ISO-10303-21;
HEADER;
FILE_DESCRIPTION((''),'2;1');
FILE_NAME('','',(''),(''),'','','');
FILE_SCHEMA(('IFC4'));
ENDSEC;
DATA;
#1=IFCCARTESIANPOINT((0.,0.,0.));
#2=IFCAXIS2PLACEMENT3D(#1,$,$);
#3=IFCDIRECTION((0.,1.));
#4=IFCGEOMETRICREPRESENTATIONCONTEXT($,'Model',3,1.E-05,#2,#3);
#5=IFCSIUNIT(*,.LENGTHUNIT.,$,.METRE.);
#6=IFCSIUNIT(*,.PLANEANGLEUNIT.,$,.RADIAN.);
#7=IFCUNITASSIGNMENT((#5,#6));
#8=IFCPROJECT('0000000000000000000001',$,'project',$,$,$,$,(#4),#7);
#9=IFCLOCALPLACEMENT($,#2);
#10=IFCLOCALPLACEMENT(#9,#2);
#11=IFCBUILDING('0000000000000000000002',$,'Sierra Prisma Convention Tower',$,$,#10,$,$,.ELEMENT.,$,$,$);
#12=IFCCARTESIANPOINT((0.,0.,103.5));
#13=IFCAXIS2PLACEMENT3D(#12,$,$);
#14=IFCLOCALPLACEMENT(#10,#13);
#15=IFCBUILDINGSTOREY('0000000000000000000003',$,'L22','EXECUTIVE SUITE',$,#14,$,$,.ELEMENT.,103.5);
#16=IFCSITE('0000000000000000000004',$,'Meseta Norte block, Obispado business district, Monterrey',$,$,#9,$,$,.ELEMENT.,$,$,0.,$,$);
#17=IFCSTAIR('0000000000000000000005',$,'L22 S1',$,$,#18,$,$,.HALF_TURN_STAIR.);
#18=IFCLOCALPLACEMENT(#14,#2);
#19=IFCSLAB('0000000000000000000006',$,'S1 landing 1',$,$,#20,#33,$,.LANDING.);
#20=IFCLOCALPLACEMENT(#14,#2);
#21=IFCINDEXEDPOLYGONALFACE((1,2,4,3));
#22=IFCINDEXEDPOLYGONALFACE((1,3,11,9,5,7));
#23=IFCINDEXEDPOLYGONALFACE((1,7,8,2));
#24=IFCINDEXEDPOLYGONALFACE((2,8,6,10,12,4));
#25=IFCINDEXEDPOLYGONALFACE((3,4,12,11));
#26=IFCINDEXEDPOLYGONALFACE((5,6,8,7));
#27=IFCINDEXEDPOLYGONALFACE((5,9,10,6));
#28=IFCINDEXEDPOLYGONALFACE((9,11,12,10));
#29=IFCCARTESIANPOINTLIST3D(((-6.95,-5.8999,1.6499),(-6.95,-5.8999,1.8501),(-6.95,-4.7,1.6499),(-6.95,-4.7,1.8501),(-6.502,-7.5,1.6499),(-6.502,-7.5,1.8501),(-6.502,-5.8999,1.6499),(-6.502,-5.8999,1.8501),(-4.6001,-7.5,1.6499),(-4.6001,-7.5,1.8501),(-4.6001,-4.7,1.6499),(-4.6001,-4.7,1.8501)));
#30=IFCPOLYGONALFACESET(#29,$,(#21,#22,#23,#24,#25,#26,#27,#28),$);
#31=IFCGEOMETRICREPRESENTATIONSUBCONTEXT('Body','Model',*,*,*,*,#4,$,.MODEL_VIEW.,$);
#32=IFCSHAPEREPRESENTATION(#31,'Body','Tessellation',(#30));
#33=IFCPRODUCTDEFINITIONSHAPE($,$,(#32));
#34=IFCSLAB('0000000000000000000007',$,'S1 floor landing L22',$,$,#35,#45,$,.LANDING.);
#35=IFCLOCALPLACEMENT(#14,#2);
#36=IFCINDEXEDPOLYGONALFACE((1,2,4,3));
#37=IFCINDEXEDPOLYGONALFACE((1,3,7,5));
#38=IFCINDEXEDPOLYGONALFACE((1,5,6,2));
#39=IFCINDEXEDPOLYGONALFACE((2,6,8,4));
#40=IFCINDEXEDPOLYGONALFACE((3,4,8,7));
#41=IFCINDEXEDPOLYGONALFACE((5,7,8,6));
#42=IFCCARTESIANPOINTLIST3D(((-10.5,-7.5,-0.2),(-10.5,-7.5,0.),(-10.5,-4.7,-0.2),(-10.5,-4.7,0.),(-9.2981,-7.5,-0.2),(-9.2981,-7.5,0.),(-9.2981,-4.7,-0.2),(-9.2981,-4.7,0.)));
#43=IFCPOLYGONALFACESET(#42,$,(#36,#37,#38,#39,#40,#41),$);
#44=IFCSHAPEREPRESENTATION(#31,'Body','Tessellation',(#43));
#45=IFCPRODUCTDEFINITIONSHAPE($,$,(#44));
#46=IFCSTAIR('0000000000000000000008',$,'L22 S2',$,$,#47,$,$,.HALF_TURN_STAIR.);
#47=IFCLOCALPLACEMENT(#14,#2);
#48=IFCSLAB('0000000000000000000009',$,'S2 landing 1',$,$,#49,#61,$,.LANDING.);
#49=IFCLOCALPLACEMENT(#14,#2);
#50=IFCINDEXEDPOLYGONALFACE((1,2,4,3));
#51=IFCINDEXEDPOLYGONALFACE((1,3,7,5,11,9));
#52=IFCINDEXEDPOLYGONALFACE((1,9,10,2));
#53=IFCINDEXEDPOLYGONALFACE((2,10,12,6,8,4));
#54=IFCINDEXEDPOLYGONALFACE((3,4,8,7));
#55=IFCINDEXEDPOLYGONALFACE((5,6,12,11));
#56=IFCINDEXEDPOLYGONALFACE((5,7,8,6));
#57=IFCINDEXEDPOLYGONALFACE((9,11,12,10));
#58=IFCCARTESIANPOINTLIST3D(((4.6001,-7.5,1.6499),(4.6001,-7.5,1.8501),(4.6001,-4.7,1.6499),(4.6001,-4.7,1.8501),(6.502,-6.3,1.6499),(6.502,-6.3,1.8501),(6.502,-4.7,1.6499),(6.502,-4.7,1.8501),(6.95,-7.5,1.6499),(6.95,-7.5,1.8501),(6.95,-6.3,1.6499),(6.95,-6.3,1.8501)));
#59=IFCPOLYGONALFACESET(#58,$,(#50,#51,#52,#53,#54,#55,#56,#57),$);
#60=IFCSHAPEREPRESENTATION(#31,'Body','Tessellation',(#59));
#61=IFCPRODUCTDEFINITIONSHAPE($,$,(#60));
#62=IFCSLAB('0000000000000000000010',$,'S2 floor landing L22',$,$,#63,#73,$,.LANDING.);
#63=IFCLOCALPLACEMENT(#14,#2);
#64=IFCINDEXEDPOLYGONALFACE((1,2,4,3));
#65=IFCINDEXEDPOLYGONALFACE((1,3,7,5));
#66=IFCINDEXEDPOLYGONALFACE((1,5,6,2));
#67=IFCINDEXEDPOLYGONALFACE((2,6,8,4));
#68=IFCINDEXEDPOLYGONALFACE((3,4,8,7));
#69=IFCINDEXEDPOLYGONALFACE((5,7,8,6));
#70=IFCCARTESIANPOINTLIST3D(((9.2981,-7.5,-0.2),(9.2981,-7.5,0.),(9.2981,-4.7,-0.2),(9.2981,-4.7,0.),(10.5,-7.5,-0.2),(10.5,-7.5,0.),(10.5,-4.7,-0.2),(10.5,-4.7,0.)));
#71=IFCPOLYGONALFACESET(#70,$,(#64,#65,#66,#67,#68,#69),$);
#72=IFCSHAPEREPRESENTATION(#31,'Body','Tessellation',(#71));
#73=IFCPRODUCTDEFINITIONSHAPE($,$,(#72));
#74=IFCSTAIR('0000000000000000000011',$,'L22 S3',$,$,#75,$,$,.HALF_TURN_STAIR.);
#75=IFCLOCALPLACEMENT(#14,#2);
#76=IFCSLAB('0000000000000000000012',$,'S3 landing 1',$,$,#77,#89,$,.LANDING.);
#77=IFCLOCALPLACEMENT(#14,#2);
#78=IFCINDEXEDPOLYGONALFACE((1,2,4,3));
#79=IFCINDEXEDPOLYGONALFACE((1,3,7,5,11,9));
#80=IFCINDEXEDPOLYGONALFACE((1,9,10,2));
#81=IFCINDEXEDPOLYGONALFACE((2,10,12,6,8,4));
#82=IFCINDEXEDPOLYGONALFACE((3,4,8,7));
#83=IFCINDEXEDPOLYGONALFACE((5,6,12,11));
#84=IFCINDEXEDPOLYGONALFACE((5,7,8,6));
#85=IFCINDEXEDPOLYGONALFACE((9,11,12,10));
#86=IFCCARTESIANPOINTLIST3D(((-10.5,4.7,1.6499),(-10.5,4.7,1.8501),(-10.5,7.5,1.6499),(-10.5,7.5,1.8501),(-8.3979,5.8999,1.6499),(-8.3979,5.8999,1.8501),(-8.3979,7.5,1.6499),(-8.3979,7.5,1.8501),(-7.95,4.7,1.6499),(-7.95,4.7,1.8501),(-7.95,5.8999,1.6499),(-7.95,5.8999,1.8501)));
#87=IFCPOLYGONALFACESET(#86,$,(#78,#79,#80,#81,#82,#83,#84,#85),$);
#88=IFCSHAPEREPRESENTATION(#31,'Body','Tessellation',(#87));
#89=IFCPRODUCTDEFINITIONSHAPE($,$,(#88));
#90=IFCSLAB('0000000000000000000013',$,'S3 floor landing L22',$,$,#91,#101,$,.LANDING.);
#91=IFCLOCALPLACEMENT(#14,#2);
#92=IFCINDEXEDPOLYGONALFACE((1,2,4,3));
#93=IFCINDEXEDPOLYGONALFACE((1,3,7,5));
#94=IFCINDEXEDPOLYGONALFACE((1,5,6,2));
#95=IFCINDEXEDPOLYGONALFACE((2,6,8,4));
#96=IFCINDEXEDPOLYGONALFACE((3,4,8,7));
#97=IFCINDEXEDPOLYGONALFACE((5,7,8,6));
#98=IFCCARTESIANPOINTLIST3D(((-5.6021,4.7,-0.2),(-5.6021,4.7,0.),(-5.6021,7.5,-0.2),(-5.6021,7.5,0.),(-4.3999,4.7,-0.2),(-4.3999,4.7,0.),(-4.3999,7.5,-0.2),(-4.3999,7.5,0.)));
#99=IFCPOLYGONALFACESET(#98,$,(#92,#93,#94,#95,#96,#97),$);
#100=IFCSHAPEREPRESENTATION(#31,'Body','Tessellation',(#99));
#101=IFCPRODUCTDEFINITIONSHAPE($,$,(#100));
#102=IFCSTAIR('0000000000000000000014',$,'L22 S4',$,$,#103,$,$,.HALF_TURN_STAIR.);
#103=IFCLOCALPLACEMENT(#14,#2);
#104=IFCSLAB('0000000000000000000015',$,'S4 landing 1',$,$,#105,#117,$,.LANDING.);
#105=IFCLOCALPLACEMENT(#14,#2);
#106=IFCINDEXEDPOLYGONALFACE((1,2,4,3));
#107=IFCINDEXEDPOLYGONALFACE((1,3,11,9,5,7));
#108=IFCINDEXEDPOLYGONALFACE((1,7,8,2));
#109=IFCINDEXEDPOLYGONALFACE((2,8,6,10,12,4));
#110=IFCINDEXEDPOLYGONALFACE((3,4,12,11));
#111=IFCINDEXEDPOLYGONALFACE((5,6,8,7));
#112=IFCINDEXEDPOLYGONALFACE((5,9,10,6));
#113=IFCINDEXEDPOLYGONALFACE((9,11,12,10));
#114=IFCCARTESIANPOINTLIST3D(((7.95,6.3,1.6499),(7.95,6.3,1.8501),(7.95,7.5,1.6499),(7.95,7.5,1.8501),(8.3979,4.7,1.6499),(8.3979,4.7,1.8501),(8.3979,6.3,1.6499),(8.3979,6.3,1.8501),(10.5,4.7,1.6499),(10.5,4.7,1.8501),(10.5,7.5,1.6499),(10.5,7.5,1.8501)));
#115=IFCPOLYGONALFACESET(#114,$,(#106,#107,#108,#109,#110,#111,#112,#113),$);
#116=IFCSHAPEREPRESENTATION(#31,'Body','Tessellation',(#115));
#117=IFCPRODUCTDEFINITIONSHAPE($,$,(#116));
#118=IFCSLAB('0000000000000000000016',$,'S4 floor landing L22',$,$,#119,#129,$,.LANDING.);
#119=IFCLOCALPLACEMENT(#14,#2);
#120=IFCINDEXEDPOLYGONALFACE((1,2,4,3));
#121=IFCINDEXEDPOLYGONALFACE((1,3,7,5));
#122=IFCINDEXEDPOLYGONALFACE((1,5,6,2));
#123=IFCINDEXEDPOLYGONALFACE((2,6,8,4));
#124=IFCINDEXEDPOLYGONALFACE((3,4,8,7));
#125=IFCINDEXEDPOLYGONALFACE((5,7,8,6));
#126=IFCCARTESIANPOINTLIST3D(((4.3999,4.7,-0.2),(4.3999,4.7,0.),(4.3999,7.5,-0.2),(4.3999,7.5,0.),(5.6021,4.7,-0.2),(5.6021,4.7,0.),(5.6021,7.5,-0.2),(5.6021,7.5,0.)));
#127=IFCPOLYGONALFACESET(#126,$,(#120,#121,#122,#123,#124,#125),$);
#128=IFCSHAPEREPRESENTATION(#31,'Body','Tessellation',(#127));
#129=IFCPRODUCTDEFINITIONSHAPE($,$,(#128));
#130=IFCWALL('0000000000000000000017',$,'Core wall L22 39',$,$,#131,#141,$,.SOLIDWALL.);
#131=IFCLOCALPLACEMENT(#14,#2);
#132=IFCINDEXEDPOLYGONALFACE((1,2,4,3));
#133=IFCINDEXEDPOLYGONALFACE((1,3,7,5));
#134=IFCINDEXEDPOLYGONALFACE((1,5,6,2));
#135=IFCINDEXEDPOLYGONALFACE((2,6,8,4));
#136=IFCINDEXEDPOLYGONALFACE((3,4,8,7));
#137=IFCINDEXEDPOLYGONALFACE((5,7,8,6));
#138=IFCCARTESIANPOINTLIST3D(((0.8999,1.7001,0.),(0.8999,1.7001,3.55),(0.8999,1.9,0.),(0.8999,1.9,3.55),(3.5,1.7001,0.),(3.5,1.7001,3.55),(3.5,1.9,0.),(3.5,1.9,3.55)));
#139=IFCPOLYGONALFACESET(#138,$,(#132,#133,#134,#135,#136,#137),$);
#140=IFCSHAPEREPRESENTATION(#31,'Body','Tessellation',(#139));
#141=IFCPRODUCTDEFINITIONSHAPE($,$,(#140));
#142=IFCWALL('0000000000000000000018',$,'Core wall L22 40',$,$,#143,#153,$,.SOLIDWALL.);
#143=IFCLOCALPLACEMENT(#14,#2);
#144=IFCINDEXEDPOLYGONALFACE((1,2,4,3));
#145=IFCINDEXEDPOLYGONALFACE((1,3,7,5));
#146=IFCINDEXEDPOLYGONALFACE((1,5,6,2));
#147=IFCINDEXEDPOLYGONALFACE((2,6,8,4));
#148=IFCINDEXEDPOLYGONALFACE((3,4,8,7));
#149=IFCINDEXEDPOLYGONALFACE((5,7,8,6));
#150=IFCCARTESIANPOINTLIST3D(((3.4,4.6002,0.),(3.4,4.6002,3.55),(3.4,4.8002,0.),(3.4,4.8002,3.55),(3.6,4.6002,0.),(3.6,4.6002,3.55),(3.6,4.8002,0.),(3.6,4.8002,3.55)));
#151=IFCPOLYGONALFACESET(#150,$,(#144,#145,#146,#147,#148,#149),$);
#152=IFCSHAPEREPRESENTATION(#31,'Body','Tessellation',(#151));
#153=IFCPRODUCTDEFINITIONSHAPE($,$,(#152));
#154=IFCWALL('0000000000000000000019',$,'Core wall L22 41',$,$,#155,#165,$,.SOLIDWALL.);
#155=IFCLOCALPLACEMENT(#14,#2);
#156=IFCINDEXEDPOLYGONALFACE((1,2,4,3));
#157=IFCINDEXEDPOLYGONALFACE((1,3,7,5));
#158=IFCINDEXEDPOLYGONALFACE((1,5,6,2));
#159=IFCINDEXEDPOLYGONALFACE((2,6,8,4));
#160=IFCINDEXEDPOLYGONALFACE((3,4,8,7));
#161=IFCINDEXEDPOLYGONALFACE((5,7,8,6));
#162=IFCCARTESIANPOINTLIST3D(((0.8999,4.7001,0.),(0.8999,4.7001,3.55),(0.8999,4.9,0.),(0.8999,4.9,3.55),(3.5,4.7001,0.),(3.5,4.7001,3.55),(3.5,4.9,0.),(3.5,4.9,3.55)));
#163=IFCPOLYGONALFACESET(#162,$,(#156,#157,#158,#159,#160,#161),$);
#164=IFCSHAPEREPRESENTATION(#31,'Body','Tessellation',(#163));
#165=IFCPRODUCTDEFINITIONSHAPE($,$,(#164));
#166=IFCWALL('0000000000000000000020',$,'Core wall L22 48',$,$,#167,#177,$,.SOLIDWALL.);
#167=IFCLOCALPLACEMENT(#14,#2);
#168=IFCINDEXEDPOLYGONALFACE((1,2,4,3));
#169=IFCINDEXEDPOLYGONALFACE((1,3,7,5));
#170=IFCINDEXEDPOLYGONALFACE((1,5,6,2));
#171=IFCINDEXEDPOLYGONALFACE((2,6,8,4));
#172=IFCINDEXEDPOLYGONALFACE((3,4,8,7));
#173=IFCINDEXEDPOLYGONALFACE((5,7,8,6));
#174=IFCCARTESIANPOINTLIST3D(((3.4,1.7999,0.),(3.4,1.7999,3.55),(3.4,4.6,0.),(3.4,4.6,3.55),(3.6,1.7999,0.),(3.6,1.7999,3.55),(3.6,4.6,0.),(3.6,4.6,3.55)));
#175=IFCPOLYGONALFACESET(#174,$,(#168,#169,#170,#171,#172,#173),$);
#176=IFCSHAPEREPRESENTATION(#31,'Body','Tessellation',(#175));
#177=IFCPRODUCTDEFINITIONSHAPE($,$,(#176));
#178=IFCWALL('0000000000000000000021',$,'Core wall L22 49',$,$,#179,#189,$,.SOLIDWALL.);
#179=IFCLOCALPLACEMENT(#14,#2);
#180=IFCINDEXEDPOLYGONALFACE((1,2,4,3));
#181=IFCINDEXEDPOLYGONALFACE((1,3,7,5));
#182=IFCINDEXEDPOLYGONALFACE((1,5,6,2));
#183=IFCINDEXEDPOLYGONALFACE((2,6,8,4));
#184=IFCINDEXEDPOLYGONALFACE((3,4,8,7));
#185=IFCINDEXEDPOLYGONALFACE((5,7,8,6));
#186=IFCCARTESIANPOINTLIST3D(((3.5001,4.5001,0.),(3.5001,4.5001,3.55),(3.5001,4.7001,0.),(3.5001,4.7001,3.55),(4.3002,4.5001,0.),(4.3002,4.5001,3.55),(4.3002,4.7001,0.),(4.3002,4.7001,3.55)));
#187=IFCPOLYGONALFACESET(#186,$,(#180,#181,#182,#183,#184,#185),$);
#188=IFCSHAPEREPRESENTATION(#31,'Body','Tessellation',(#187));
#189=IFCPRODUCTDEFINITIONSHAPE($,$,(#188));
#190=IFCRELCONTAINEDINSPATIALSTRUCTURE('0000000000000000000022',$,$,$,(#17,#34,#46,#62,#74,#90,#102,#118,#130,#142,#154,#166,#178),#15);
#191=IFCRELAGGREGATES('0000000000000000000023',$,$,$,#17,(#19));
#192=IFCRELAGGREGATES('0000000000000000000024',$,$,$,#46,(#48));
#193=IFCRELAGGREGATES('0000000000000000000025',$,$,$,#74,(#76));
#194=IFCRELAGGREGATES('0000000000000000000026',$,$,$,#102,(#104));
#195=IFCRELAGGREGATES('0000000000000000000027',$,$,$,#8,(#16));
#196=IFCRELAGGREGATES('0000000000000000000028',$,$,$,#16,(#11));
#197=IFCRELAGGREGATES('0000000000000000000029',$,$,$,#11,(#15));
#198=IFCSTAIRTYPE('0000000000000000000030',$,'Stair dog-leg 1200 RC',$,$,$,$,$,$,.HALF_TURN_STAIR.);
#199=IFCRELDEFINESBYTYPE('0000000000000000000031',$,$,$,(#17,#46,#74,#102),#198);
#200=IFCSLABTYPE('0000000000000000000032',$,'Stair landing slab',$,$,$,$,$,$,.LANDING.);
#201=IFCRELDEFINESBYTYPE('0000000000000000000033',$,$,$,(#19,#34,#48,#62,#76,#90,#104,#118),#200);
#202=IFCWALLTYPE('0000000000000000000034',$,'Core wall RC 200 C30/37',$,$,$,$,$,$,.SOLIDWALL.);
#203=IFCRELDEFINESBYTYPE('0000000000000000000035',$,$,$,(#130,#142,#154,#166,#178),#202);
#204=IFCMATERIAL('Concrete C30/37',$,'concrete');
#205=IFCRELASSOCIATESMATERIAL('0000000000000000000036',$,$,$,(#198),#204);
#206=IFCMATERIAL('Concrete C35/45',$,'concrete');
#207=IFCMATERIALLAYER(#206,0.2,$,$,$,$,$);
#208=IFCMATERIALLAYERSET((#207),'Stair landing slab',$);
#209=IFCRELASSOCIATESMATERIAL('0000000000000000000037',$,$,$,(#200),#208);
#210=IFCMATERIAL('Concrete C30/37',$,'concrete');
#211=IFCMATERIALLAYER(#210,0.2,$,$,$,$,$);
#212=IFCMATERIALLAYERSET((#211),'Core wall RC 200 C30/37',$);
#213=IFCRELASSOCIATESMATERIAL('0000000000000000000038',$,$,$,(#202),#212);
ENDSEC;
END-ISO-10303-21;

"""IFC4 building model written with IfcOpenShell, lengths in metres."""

from ifc_helpers import new_model, si_unit, direction, frame, frame_2d, origin, place, context, subcontext, project, spatial, polyline, rectangle, outline, extrude, material, layer, layer_set, type_object, element, aggregate, save


model = new_model("IFC4")

# Units and contexts
model_context = context("Model", 3, precision=1e-05, world=origin(), true_north=direction((0.0, 1.0)))
body_context = subcontext(model_context, "Body", "Model", "MODEL_VIEW")
ifc_project = project(units=[si_unit("LENGTHUNIT", "METRE"), si_unit("PLANEANGLEUNIT", "RADIAN")], contexts=[model_context])

# Site, building, storey
site_placement = place(None, origin())
site = spatial("IfcSite", under=ifc_project, at=site_placement, Name="Meseta Norte block, Obispado business district, Monterrey", CompositionType="ELEMENT", RefElevation=0.0)
building_placement = place(site_placement, origin())
building = spatial("IfcBuilding", under=site, at=building_placement, Name="Sierra Prisma Convention Tower", CompositionType="ELEMENT")
storey_placement = place(building_placement, frame((0.0, 0.0, 103.5)))
storey = spatial("IfcBuildingStorey", under=building, at=storey_placement, Name="L22", Description="EXECUTIVE SUITE", CompositionType="ELEMENT", Elevation=103.5)

# Stair, slab
ifc_material_1 = material(Name="Concrete C30/37", Category="concrete")
stair_type = type_object("IfcStairType", Name="Stair dog-leg 1200 RC", PredefinedType="HALF_TURN_STAIR", material=ifc_material_1)
stair_1_placement = place(storey_placement, origin())
stair_1 = element("IfcStair", 1, at=stair_1_placement, inside=storey, type_object=stair_type, Name="L22 S1", PredefinedType="HALF_TURN_STAIR")
ifc_material_2 = material(Name="Concrete C35/45", Category="concrete")
ifc_layer_1 = layer(ifc_material_2, 0.2)
ifc_layer_set_1 = layer_set([ifc_layer_1], Name="Stair landing slab")
slab_type = type_object("IfcSlabType", Name="Stair landing slab", PredefinedType="LANDING", material=ifc_layer_set_1)
slab_1_placement = place(storey_placement, frame((0.0, 0.0, 1.6499)))
slab_1 = element("IfcSlab", 2, at=slab_1_placement, type_object=slab_type, Name="S1 landing 1", PredefinedType="LANDING", context=body_context, shape_type="SweptSolid", body=[
    extrude(outline(polyline([(-4.6001, -4.7), (-4.6001, -7.5), (-6.502, -7.5), (-6.502, -5.8999), (-6.95, -5.8999), (-6.95, -4.7), (-4.6001, -4.7)])), origin(), (0.0, 0.0, 1.0), 0.2002),
])
aggregate(stair_1, [slab_1])

# Slab
slab_2_placement = place(storey_placement, frame((0.0, 0.0, -0.2)))
element("IfcSlab", 3, at=slab_2_placement, inside=storey, type_object=slab_type, Name="S1 floor landing L22", PredefinedType="LANDING", context=body_context, shape_type="SweptSolid", body=[
    extrude(outline(polyline([(-10.5, -7.5), (-9.2981, -7.5), (-9.2981, -4.7), (-10.5, -4.7), (-10.5, -7.5)])), origin(), (0.0, 0.0, 1.0), 0.2),
])

# Stair, slab
stair_2_placement = place(storey_placement, origin())
stair_2 = element("IfcStair", 4, at=stair_2_placement, inside=storey, type_object=stair_type, Name="L22 S2", PredefinedType="HALF_TURN_STAIR")
slab_3_placement = place(storey_placement, frame((0.0, 0.0, 1.6499)))
slab_3 = element("IfcSlab", 5, at=slab_3_placement, type_object=slab_type, Name="S2 landing 1", PredefinedType="LANDING", context=body_context, shape_type="SweptSolid", body=[
    extrude(outline(polyline([(6.95, -6.3), (6.95, -7.5), (4.6001, -7.5), (4.6001, -4.7), (6.502, -4.7), (6.502, -6.3), (6.95, -6.3)])), origin(), (0.0, 0.0, 1.0), 0.2002),
])
aggregate(stair_2, [slab_3])

# Slab
slab_4_placement = place(storey_placement, frame((0.0, 0.0, -0.2)))
element("IfcSlab", 6, at=slab_4_placement, inside=storey, type_object=slab_type, Name="S2 floor landing L22", PredefinedType="LANDING", context=body_context, shape_type="SweptSolid", body=[
    extrude(outline(polyline([(10.5, -4.7), (9.2981, -4.7), (9.2981, -7.5), (10.5, -7.5), (10.5, -4.7)])), origin(), (0.0, 0.0, 1.0), 0.2),
])

# Stair, slab
stair_3_placement = place(storey_placement, origin())
stair_3 = element("IfcStair", 7, at=stair_3_placement, inside=storey, type_object=stair_type, Name="L22 S3", PredefinedType="HALF_TURN_STAIR")
slab_5_placement = place(storey_placement, frame((0.0, 0.0, 1.6499)))
slab_5 = element("IfcSlab", 8, at=slab_5_placement, type_object=slab_type, Name="S3 landing 1", PredefinedType="LANDING", context=body_context, shape_type="SweptSolid", body=[
    extrude(outline(polyline([(-7.95, 5.8999), (-7.95, 4.7), (-10.5, 4.7), (-10.5, 7.5), (-8.3979, 7.5), (-8.3979, 5.8999), (-7.95, 5.8999)])), origin(), (0.0, 0.0, 1.0), 0.2002),
])
aggregate(stair_3, [slab_5])

# Slab
slab_6_placement = place(storey_placement, frame((0.0, 0.0, -0.2)))
element("IfcSlab", 9, at=slab_6_placement, inside=storey, type_object=slab_type, Name="S3 floor landing L22", PredefinedType="LANDING", context=body_context, shape_type="SweptSolid", body=[
    extrude(outline(polyline([(-4.3999, 7.5), (-5.6021, 7.5), (-5.6021, 4.7), (-4.3999, 4.7), (-4.3999, 7.5)])), origin(), (0.0, 0.0, 1.0), 0.2),
])

# Stair, slab
stair_4_placement = place(storey_placement, origin())
stair_4 = element("IfcStair", 10, at=stair_4_placement, inside=storey, type_object=stair_type, Name="L22 S4", PredefinedType="HALF_TURN_STAIR")
slab_7_placement = place(storey_placement, frame((0.0, 0.0, 1.6499)))
slab_7 = element("IfcSlab", 11, at=slab_7_placement, type_object=slab_type, Name="S4 landing 1", PredefinedType="LANDING", context=body_context, shape_type="SweptSolid", body=[
    extrude(outline(polyline([(10.5, 7.5), (10.5, 4.7), (8.3979, 4.7), (8.3979, 6.3), (7.95, 6.3), (7.95, 7.5), (10.5, 7.5)])), origin(), (0.0, 0.0, 1.0), 0.2002),
])
aggregate(stair_4, [slab_7])

# Slab
slab_8_placement = place(storey_placement, frame((0.0, 0.0, -0.2)))
element("IfcSlab", 12, at=slab_8_placement, inside=storey, type_object=slab_type, Name="S4 floor landing L22", PredefinedType="LANDING", context=body_context, shape_type="SweptSolid", body=[
    extrude(outline(polyline([(4.3999, 4.7), (5.6021, 4.7), (5.6021, 7.5), (4.3999, 7.5), (4.3999, 4.7)])), origin(), (0.0, 0.0, 1.0), 0.2),
])

# Shared definitions
ifc_material_3 = material(Name="Concrete C30/37", Category="concrete")
ifc_layer_2 = layer(ifc_material_3, 0.2)
ifc_layer_set_2 = layer_set([ifc_layer_2], Name="Core wall RC 200 C30/37")
wall_type = type_object("IfcWallType", Name="Core wall RC 200 C30/37", PredefinedType="SOLIDWALL", material=ifc_layer_set_2)

# Walls
wall_1_placement = place(storey_placement, frame((3.5, 1.8, 0.0), z_axis=(0.0, 0.0, 1.0), x_axis=(-1.0, 0.0, 0.0)))
element("IfcWall", 13, at=wall_1_placement, inside=storey, type_object=wall_type, Name="Core wall L22 39", PredefinedType="SOLIDWALL", context=body_context, shape_type="SweptSolid", body=[
    extrude(rectangle(XDim=2.6001, YDim=0.2, at=frame_2d((1.3, 0.0))), origin(), (0.0, 0.0, 1.0), 3.55),
])
wall_2_placement = place(storey_placement, frame((3.5, 4.6001, 0.0), z_axis=(0.0, 0.0, 1.0), x_axis=(0.0, 1.0, 0.0)))
element("IfcWall", 14, at=wall_2_placement, inside=storey, type_object=wall_type, Name="Core wall L22 40", PredefinedType="SOLIDWALL", context=body_context, shape_type="SweptSolid", body=[
    extrude(rectangle(XDim=0.2, YDim=0.2, at=frame_2d((0.1001, 0.0))), origin(), (0.0, 0.0, 1.0), 3.55),
])
wall_3_placement = place(storey_placement, frame((3.5, 4.8, 0.0), z_axis=(0.0, 0.0, 1.0), x_axis=(-1.0, 0.0, 0.0)))
element("IfcWall", 15, at=wall_3_placement, inside=storey, type_object=wall_type, Name="Core wall L22 41", PredefinedType="SOLIDWALL", context=body_context, shape_type="SweptSolid", body=[
    extrude(rectangle(XDim=2.6001, YDim=0.2, at=frame_2d((1.3, 0.0))), origin(), (0.0, 0.0, 1.0), 3.55),
])

# Walls
wall_4_placement = place(storey_placement, frame((3.5, 1.8, 0.0), z_axis=(0.0, 0.0, 1.0), x_axis=(0.0, 1.0, 0.0)))
element("IfcWall", 16, at=wall_4_placement, inside=storey, type_object=wall_type, Name="Core wall L22 48", PredefinedType="SOLIDWALL", context=body_context, shape_type="SweptSolid", body=[
    extrude(rectangle(XDim=2.8, YDim=0.2, at=frame_2d((1.3999, 0.0))), origin(), (0.0, 0.0, 1.0), 3.55),
])
wall_5_placement = place(storey_placement, frame((4.3, 4.6001, 0.0), z_axis=(0.0, 0.0, 1.0), x_axis=(-1.0, 0.0, 0.0)))
element("IfcWall", 17, at=wall_5_placement, inside=storey, type_object=wall_type, Name="Core wall L22 49", PredefinedType="SOLIDWALL", context=body_context, shape_type="SweptSolid", body=[
    extrude(rectangle(XDim=0.8, YDim=0.2, at=frame_2d((0.3999, 0.0))), origin(), (0.0, 0.0, 1.0), 3.55),
])

save(model, "model.ifc")
